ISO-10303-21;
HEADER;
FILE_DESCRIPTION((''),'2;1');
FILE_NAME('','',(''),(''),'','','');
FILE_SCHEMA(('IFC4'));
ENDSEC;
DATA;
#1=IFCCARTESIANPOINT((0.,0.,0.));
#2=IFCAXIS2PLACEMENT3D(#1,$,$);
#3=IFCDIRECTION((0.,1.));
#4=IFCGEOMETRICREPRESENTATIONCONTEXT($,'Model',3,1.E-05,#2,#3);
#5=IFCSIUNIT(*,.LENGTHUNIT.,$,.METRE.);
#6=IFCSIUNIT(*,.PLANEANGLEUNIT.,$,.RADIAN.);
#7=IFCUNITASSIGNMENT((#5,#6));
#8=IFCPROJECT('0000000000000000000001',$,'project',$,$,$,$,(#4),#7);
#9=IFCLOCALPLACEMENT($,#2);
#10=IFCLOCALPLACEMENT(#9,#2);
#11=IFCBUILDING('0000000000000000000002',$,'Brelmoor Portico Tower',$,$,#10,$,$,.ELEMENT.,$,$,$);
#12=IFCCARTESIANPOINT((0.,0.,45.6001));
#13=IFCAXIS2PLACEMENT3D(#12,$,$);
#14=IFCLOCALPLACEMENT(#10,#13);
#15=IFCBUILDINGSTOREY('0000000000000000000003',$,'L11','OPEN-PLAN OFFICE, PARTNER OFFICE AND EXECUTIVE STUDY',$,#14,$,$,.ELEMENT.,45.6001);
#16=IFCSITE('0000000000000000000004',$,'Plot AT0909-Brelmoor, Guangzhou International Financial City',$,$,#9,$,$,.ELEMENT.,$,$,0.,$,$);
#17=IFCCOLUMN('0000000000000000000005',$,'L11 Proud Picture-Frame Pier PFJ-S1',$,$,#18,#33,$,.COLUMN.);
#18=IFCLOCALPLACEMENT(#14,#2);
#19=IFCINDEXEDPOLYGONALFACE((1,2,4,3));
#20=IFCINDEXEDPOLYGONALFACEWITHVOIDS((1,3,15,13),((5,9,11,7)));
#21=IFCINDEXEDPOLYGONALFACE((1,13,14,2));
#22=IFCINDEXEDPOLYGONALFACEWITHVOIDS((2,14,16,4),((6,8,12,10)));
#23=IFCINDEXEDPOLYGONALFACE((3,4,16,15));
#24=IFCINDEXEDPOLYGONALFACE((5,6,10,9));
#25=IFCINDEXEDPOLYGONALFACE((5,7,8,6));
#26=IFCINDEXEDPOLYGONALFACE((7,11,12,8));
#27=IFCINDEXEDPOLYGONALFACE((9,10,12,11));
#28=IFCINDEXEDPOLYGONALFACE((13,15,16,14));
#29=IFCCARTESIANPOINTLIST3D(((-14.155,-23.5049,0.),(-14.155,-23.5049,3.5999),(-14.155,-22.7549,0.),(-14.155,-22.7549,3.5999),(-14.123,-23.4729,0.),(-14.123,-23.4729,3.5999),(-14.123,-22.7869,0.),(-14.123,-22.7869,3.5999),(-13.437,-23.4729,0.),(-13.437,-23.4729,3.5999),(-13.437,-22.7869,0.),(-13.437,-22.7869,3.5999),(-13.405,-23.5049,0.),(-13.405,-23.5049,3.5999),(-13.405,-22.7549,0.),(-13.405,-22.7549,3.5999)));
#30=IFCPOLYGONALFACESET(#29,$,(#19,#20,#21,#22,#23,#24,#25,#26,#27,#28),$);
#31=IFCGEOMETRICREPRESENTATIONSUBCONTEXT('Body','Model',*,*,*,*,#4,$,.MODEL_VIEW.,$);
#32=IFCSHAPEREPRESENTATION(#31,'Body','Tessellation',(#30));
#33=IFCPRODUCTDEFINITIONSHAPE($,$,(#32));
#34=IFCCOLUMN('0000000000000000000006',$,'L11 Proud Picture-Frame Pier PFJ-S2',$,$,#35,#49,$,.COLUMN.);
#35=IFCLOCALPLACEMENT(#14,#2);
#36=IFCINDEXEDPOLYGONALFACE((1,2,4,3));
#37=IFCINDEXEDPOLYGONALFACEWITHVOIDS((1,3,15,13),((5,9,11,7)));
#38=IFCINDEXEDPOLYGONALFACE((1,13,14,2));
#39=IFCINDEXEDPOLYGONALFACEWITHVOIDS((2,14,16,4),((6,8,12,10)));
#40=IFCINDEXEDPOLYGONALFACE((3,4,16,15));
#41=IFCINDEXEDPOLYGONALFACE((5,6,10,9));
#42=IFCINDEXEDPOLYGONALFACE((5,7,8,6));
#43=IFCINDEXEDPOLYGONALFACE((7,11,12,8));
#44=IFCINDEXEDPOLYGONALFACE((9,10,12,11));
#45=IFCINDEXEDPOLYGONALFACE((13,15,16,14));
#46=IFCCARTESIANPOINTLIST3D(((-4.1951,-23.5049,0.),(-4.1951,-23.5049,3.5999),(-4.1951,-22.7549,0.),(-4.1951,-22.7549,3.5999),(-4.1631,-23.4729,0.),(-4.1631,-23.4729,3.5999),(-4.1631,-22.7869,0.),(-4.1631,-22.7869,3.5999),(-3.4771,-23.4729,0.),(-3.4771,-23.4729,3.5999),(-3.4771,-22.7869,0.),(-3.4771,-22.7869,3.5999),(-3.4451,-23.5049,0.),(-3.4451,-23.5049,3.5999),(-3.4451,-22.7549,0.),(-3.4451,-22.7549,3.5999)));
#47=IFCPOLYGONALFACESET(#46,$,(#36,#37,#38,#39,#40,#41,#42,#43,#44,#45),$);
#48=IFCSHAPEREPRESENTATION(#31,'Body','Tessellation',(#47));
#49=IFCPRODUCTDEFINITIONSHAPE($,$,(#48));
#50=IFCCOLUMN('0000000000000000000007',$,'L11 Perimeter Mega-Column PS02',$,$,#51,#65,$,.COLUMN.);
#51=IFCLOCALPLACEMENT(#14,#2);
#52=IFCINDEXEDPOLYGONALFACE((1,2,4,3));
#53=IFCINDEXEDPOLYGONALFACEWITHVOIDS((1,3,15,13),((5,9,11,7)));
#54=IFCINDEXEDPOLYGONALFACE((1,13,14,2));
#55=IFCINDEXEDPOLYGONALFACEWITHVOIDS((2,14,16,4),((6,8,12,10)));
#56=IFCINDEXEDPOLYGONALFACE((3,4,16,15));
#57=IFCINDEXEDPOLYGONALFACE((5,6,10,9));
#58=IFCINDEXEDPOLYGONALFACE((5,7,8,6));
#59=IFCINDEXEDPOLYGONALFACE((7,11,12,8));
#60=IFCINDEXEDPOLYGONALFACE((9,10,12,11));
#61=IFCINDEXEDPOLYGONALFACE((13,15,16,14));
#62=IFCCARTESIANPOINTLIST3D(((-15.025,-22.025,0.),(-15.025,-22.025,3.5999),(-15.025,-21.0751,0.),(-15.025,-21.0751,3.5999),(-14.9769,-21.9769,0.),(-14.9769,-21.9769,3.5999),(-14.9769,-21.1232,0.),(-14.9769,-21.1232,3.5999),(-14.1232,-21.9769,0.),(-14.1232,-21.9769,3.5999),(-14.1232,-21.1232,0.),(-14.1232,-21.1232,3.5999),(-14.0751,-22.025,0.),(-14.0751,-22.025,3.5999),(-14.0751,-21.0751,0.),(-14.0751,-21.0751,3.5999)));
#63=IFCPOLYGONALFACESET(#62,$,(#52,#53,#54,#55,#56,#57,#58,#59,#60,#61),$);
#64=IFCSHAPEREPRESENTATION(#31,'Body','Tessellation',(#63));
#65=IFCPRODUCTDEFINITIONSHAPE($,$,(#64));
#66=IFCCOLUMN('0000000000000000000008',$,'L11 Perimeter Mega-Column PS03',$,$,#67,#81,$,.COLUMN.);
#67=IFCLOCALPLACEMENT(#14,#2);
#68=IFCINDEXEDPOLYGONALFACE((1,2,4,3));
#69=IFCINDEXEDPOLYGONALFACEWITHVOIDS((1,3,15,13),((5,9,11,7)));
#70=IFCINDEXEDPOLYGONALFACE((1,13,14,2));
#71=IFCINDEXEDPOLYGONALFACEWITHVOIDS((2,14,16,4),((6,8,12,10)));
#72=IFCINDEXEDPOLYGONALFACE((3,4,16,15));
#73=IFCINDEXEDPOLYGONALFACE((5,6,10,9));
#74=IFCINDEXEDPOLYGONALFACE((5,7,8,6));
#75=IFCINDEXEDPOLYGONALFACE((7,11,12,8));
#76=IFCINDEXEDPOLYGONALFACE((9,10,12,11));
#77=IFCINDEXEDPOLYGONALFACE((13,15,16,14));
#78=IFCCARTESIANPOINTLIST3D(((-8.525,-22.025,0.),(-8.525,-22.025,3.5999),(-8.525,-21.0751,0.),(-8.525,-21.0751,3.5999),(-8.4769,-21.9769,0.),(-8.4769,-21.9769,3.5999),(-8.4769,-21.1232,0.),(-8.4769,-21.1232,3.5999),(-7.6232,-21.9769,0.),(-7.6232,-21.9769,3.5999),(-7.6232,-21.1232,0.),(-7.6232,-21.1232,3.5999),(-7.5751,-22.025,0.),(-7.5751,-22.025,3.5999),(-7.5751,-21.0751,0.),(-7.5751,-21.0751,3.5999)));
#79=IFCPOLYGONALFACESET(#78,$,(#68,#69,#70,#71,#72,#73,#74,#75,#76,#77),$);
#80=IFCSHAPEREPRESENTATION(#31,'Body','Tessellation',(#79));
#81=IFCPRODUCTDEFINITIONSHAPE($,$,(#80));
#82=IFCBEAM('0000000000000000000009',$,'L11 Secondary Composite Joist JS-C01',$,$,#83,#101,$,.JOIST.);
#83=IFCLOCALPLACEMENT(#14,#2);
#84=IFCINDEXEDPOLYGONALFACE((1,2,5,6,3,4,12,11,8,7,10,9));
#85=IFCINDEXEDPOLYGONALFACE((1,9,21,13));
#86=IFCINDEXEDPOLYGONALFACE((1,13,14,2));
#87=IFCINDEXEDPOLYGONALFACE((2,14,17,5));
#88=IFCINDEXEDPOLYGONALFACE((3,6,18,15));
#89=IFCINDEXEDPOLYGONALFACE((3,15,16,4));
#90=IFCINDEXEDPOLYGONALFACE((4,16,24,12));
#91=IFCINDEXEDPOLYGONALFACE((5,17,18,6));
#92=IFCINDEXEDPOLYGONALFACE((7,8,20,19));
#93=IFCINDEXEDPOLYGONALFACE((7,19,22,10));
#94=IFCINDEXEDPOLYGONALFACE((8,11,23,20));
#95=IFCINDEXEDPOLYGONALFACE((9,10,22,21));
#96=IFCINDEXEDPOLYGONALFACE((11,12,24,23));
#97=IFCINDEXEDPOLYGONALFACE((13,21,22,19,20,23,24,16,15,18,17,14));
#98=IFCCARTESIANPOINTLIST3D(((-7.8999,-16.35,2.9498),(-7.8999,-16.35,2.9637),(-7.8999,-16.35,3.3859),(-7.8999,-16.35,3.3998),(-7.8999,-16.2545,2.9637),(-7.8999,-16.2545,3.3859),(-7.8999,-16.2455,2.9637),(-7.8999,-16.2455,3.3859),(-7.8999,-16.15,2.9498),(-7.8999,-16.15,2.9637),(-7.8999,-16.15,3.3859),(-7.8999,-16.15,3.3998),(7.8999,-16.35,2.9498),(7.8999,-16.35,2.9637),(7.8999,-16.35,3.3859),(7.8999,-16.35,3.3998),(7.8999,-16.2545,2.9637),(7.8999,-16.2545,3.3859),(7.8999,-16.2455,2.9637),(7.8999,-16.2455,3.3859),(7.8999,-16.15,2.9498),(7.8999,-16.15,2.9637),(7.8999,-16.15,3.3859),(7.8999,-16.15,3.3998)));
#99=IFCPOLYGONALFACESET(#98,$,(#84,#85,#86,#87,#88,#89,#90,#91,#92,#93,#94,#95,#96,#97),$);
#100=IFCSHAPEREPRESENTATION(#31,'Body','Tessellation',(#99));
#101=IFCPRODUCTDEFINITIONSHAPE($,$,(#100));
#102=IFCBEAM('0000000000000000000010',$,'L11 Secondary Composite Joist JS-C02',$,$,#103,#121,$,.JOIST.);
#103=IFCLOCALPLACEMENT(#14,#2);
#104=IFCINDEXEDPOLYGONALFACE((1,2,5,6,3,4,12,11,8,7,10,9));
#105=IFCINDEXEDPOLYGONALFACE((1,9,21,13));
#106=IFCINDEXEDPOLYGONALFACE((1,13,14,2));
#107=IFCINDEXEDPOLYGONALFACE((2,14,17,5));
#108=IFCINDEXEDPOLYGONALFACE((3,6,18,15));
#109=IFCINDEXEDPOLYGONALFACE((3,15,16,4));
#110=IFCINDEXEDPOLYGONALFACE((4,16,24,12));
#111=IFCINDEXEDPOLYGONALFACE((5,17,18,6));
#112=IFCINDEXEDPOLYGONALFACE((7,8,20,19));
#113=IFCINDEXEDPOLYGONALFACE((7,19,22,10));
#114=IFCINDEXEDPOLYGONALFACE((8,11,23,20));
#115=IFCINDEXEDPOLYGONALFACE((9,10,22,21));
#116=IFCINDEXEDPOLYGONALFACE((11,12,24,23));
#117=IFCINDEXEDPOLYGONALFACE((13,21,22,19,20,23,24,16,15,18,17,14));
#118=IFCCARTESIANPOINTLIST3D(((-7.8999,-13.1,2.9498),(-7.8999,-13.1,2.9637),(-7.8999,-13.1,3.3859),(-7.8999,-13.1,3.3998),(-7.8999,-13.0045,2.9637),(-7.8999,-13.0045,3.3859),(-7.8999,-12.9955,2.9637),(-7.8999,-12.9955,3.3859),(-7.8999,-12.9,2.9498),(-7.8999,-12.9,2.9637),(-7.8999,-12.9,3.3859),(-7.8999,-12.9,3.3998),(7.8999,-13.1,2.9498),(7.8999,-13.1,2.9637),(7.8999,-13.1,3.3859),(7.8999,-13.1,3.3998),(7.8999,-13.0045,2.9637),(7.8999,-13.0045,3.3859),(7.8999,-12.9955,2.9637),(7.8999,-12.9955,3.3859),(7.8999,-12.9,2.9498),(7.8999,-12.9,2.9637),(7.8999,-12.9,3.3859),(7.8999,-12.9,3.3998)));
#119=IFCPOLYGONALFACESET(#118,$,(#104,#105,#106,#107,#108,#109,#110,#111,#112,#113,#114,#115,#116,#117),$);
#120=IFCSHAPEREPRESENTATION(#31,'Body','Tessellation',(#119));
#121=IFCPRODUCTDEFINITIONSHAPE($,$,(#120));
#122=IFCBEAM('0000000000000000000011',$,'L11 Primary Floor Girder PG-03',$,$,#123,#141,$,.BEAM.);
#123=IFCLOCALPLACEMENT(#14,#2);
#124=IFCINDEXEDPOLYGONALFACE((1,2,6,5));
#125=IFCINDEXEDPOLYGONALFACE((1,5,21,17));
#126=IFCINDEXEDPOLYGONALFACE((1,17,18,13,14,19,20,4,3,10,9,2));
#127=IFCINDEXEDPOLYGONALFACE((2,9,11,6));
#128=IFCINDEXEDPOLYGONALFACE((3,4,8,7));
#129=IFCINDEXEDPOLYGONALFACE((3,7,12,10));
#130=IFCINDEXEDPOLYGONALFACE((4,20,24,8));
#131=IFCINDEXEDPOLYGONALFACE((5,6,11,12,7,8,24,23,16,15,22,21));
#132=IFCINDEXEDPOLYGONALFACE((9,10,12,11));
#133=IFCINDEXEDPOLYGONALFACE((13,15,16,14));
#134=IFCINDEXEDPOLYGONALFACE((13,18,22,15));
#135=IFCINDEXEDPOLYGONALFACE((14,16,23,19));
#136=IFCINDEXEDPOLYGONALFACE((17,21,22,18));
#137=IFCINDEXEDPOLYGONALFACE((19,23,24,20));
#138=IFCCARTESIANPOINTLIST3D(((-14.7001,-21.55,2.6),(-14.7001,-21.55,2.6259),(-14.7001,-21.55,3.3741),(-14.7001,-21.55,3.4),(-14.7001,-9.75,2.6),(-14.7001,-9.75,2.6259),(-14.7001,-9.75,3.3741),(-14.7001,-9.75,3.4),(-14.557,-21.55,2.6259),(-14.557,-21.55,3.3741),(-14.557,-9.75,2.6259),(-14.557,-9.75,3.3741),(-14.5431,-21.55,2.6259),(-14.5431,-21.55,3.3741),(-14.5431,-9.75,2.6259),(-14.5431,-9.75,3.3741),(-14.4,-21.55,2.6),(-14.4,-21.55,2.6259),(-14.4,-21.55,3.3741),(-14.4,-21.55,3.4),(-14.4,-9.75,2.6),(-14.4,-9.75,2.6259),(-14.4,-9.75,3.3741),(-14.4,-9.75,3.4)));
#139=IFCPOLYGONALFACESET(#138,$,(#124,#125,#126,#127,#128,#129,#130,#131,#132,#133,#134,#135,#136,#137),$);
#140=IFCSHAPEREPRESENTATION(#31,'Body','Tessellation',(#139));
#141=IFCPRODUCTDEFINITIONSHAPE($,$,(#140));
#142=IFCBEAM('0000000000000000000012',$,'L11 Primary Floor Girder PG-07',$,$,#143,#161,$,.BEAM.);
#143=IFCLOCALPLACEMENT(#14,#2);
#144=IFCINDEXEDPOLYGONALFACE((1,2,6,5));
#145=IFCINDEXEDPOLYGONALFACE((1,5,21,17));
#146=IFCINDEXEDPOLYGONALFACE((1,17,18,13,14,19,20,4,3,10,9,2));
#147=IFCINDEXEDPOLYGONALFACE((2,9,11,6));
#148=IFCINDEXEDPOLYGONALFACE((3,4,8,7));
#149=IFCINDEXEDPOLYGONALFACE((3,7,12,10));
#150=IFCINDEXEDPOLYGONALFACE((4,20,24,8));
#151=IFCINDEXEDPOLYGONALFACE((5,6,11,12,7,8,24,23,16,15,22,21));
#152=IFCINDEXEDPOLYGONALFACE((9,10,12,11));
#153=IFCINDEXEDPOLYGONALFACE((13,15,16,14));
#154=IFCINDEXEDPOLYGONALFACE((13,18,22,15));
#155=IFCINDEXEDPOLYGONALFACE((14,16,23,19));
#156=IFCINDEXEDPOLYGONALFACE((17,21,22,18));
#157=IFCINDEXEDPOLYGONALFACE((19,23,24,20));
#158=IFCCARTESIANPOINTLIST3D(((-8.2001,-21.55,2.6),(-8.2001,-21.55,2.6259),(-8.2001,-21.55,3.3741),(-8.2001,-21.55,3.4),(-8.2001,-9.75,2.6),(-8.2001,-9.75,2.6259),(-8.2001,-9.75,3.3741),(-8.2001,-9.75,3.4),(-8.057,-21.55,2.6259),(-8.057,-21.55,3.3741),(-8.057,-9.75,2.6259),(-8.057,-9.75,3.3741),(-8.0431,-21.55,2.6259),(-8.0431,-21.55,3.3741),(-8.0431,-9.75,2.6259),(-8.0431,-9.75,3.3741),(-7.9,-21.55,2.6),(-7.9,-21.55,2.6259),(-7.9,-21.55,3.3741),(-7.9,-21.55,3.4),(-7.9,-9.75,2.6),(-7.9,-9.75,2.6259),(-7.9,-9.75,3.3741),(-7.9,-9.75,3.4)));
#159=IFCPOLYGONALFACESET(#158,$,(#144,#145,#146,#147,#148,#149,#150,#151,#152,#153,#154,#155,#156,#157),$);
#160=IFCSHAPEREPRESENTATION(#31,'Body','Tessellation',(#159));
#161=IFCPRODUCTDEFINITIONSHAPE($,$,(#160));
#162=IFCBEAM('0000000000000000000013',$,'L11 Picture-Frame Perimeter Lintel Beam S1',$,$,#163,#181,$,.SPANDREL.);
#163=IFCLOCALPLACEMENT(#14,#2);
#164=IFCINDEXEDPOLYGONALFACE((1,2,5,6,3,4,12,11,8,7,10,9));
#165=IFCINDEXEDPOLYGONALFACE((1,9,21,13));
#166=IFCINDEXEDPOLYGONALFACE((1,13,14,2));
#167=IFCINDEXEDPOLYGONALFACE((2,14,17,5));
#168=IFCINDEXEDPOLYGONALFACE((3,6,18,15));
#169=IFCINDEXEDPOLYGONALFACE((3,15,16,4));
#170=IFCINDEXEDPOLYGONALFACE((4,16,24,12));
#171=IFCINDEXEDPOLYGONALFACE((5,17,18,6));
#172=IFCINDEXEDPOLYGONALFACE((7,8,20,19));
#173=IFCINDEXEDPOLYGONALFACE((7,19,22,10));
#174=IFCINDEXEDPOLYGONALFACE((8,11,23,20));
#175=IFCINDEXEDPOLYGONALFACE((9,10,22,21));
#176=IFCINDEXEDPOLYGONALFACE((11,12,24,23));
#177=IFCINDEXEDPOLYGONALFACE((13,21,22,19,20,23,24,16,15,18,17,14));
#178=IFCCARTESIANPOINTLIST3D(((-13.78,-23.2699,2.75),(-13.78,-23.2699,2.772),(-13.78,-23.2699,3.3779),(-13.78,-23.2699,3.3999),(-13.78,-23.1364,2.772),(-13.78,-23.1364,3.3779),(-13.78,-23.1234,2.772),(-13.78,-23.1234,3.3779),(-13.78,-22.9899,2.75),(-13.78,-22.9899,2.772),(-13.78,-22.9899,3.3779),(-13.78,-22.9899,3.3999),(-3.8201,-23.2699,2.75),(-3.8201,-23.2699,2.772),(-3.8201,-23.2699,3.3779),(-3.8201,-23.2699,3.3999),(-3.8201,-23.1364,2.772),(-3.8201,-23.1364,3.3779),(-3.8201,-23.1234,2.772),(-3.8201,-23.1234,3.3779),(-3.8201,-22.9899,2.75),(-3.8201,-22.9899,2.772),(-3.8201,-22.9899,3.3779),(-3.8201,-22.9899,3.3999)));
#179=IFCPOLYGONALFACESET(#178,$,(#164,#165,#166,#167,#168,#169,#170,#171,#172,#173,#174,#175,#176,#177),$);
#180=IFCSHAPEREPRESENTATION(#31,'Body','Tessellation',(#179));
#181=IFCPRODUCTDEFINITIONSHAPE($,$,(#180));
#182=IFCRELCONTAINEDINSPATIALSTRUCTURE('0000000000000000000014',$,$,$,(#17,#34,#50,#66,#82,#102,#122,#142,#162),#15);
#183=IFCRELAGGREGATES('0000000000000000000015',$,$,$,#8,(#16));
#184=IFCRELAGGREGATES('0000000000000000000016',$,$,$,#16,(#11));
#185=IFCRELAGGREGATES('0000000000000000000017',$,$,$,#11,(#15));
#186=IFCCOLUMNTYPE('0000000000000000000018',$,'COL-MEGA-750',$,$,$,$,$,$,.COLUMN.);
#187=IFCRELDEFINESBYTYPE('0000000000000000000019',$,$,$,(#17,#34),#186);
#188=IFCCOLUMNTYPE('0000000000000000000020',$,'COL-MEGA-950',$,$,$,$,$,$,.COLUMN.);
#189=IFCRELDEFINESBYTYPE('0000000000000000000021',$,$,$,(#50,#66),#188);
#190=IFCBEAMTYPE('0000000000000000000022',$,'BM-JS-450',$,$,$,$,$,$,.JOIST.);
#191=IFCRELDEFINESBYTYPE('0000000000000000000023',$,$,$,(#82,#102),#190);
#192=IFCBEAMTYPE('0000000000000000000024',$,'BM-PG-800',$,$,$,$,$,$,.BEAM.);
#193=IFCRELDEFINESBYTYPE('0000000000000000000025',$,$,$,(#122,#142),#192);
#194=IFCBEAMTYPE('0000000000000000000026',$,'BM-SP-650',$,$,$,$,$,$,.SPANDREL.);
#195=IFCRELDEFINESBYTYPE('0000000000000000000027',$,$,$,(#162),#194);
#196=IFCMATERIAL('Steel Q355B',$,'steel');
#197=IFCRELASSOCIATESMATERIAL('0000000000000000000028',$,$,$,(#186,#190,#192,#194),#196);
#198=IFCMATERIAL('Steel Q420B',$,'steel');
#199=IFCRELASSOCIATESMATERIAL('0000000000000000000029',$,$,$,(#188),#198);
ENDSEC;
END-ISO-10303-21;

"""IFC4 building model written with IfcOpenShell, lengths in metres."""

from ifc_helpers import new_model, si_unit, direction, frame, origin, origin_2d, place, context, subcontext, project, spatial, hollow_rectangle, i_section, extrude, material, material_profile, profile_set, type_object, element, save


model = new_model("IFC4")

# Units and contexts
model_context = context("Model", 3, precision=1e-05, world=origin(), true_north=direction((0.0, 1.0)))
body_context = subcontext(model_context, "Body", "Model", "MODEL_VIEW")
ifc_project = project(units=[si_unit("LENGTHUNIT", "METRE"), si_unit("PLANEANGLEUNIT", "RADIAN")], contexts=[model_context])

# Site, building, storey
site_placement = place(None, origin())
site = spatial("IfcSite", under=ifc_project, at=site_placement, Name="Plot AT0909-Brelmoor, Guangzhou International Financial City", CompositionType="ELEMENT", RefElevation=0.0)
building_placement = place(site_placement, origin())
building = spatial("IfcBuilding", under=site, at=building_placement, Name="Brelmoor Portico Tower", CompositionType="ELEMENT")
storey_placement = place(building_placement, frame((0.0, 0.0, 45.6001)))
storey = spatial("IfcBuildingStorey", under=building, at=storey_placement, Name="L11", Description="OPEN-PLAN OFFICE, PARTNER OFFICE AND EXECUTIVE STUDY", CompositionType="ELEMENT", Elevation=45.6001)

# Columns
ifc_material_1 = material(Name="Steel Q355B", Category="steel")
ifc_material_profile_1 = material_profile(ifc_material_1, hollow_rectangle(XDim=0.75, YDim=0.75, WallThickness=0.032, at=origin_2d()), Name="BOX 750x750x32")
ifc_profile_set_1 = profile_set([ifc_material_profile_1], Name="Steel Q355B")
column_type_1 = type_object("IfcColumnType", Name="COL-MEGA-750", PredefinedType="COLUMN", material=ifc_profile_set_1)
for number, where, z_axis, x_axis, name in (
    (1, (-13.78, -23.1299, 0.0), (0.0, 0.0, 1.0), (1.0, 0.0, 0.0), "L11 Proud Picture-Frame Pier PFJ-S1"),
    (2, (-3.8201, -23.1299, 0.0), (0.0, 0.0, 1.0), (1.0, 0.0, 0.0), "L11 Proud Picture-Frame Pier PFJ-S2"),
):
    element("IfcColumn", number, at=place(storey_placement, frame(where, z_axis=z_axis, x_axis=x_axis)), inside=storey, type_object=column_type_1, Name=name, PredefinedType="COLUMN", context=body_context, shape_type="SweptSolid", body=[
        extrude(hollow_rectangle(XDim=0.75, YDim=0.75, WallThickness=0.032, at=origin_2d()), origin(), (0.0, 0.0, 1.0), 3.5999),
    ])
ifc_material_2 = material(Name="Steel Q420B", Category="steel")
ifc_material_profile_2 = material_profile(ifc_material_2, hollow_rectangle(XDim=0.95, YDim=0.95, WallThickness=0.0481, at=origin_2d()), Name="BOX 950x950x48")
ifc_profile_set_2 = profile_set([ifc_material_profile_2], Name="Steel Q420B")
column_type_2 = type_object("IfcColumnType", Name="COL-MEGA-950", PredefinedType="COLUMN", material=ifc_profile_set_2)
for number, where, z_axis, x_axis, name in (
    (3, (-14.55, -21.55, 0.0), (0.0, 0.0, 1.0), (1.0, 0.0, 0.0), "L11 Perimeter Mega-Column PS02"),
    (4, (-8.05, -21.55, 0.0), (0.0, 0.0, 1.0), (1.0, 0.0, 0.0), "L11 Perimeter Mega-Column PS03"),
):
    element("IfcColumn", number, at=place(storey_placement, frame(where, z_axis=z_axis, x_axis=x_axis)), inside=storey, type_object=column_type_2, Name=name, PredefinedType="COLUMN", context=body_context, shape_type="SweptSolid", body=[
        extrude(hollow_rectangle(XDim=0.95, YDim=0.95, WallThickness=0.0481, at=origin_2d()), origin(), (0.0, 0.0, 1.0), 3.5999),
    ])

# Beams
ifc_material_profile_3 = material_profile(ifc_material_1, i_section(OverallWidth=0.2, OverallDepth=0.45, WebThickness=0.009, FlangeThickness=0.0139, at=origin_2d()), Name="HN 450x200x9x14")
ifc_profile_set_3 = profile_set([ifc_material_profile_3], Name="Steel Q355B")
beam_type_1 = type_object("IfcBeamType", Name="BM-JS-450", PredefinedType="JOIST", material=ifc_profile_set_3)
for number, where, z_axis, x_axis, name in (
    (5, (-7.8999, -16.25, 3.1748), (1.0, 0.0, 0.0), (0.0, 1.0, 0.0), "L11 Secondary Composite Joist JS-C01"),
    (6, (-7.8999, -13.0, 3.1748), (1.0, 0.0, 0.0), (0.0, 1.0, 0.0), "L11 Secondary Composite Joist JS-C02"),
):
    element("IfcBeam", number, at=place(storey_placement, frame(where, z_axis=z_axis, x_axis=x_axis)), inside=storey, type_object=beam_type_1, Name=name, PredefinedType="JOIST", context=body_context, shape_type="SweptSolid", body=[
        extrude(i_section(OverallWidth=0.2, OverallDepth=0.45, WebThickness=0.009, FlangeThickness=0.0139, at=origin_2d()), origin(), (0.0, 0.0, 1.0), 15.7998),
    ])
ifc_material_profile_4 = material_profile(ifc_material_1, i_section(OverallWidth=0.3, OverallDepth=0.8, WebThickness=0.0139, FlangeThickness=0.0259, at=origin_2d()), Name="HN 800x300x14x26")
ifc_profile_set_4 = profile_set([ifc_material_profile_4], Name="Steel Q355B")
beam_type_2 = type_object("IfcBeamType", Name="BM-PG-800", PredefinedType="BEAM", material=ifc_profile_set_4)
for number, where, z_axis, x_axis, name in (
    (7, (-14.55, -21.55, 3.0), (0.0, 1.0, 0.0), (-1.0, 0.0, 0.0), "L11 Primary Floor Girder PG-03"),
    (8, (-8.05, -21.55, 3.0), (0.0, 1.0, 0.0), (-1.0, 0.0, 0.0), "L11 Primary Floor Girder PG-07"),
):
    element("IfcBeam", number, at=place(storey_placement, frame(where, z_axis=z_axis, x_axis=x_axis)), inside=storey, type_object=beam_type_2, Name=name, PredefinedType="BEAM", context=body_context, shape_type="SweptSolid", body=[
        extrude(i_section(OverallWidth=0.3, OverallDepth=0.8, WebThickness=0.0139, FlangeThickness=0.0259, at=origin_2d()), origin(), (0.0, 0.0, 1.0), 11.8),
    ])
ifc_material_profile_5 = material_profile(ifc_material_1, i_section(OverallWidth=0.28, OverallDepth=0.6499, WebThickness=0.0129, FlangeThickness=0.022, at=origin_2d()), Name="HN 650x280x13x22")
ifc_profile_set_5 = profile_set([ifc_material_profile_5], Name="Steel Q355B")
beam_type_3 = type_object("IfcBeamType", Name="BM-SP-650", PredefinedType="SPANDREL", material=ifc_profile_set_5)
beam_1_placement = place(storey_placement, frame((-13.78, -23.1299, 3.075), z_axis=(1.0, 0.0, 0.0), x_axis=(0.0, 1.0, 0.0)))
element("IfcBeam", 9, at=beam_1_placement, inside=storey, type_object=beam_type_3, Name="L11 Picture-Frame Perimeter Lintel Beam S1", PredefinedType="SPANDREL", context=body_context, shape_type="SweptSolid", body=[
    extrude(i_section(OverallWidth=0.28, OverallDepth=0.6499, WebThickness=0.0129, FlangeThickness=0.022, at=origin_2d()), origin(), (0.0, 0.0, 1.0), 9.96),
])

save(model, "model.ifc")
